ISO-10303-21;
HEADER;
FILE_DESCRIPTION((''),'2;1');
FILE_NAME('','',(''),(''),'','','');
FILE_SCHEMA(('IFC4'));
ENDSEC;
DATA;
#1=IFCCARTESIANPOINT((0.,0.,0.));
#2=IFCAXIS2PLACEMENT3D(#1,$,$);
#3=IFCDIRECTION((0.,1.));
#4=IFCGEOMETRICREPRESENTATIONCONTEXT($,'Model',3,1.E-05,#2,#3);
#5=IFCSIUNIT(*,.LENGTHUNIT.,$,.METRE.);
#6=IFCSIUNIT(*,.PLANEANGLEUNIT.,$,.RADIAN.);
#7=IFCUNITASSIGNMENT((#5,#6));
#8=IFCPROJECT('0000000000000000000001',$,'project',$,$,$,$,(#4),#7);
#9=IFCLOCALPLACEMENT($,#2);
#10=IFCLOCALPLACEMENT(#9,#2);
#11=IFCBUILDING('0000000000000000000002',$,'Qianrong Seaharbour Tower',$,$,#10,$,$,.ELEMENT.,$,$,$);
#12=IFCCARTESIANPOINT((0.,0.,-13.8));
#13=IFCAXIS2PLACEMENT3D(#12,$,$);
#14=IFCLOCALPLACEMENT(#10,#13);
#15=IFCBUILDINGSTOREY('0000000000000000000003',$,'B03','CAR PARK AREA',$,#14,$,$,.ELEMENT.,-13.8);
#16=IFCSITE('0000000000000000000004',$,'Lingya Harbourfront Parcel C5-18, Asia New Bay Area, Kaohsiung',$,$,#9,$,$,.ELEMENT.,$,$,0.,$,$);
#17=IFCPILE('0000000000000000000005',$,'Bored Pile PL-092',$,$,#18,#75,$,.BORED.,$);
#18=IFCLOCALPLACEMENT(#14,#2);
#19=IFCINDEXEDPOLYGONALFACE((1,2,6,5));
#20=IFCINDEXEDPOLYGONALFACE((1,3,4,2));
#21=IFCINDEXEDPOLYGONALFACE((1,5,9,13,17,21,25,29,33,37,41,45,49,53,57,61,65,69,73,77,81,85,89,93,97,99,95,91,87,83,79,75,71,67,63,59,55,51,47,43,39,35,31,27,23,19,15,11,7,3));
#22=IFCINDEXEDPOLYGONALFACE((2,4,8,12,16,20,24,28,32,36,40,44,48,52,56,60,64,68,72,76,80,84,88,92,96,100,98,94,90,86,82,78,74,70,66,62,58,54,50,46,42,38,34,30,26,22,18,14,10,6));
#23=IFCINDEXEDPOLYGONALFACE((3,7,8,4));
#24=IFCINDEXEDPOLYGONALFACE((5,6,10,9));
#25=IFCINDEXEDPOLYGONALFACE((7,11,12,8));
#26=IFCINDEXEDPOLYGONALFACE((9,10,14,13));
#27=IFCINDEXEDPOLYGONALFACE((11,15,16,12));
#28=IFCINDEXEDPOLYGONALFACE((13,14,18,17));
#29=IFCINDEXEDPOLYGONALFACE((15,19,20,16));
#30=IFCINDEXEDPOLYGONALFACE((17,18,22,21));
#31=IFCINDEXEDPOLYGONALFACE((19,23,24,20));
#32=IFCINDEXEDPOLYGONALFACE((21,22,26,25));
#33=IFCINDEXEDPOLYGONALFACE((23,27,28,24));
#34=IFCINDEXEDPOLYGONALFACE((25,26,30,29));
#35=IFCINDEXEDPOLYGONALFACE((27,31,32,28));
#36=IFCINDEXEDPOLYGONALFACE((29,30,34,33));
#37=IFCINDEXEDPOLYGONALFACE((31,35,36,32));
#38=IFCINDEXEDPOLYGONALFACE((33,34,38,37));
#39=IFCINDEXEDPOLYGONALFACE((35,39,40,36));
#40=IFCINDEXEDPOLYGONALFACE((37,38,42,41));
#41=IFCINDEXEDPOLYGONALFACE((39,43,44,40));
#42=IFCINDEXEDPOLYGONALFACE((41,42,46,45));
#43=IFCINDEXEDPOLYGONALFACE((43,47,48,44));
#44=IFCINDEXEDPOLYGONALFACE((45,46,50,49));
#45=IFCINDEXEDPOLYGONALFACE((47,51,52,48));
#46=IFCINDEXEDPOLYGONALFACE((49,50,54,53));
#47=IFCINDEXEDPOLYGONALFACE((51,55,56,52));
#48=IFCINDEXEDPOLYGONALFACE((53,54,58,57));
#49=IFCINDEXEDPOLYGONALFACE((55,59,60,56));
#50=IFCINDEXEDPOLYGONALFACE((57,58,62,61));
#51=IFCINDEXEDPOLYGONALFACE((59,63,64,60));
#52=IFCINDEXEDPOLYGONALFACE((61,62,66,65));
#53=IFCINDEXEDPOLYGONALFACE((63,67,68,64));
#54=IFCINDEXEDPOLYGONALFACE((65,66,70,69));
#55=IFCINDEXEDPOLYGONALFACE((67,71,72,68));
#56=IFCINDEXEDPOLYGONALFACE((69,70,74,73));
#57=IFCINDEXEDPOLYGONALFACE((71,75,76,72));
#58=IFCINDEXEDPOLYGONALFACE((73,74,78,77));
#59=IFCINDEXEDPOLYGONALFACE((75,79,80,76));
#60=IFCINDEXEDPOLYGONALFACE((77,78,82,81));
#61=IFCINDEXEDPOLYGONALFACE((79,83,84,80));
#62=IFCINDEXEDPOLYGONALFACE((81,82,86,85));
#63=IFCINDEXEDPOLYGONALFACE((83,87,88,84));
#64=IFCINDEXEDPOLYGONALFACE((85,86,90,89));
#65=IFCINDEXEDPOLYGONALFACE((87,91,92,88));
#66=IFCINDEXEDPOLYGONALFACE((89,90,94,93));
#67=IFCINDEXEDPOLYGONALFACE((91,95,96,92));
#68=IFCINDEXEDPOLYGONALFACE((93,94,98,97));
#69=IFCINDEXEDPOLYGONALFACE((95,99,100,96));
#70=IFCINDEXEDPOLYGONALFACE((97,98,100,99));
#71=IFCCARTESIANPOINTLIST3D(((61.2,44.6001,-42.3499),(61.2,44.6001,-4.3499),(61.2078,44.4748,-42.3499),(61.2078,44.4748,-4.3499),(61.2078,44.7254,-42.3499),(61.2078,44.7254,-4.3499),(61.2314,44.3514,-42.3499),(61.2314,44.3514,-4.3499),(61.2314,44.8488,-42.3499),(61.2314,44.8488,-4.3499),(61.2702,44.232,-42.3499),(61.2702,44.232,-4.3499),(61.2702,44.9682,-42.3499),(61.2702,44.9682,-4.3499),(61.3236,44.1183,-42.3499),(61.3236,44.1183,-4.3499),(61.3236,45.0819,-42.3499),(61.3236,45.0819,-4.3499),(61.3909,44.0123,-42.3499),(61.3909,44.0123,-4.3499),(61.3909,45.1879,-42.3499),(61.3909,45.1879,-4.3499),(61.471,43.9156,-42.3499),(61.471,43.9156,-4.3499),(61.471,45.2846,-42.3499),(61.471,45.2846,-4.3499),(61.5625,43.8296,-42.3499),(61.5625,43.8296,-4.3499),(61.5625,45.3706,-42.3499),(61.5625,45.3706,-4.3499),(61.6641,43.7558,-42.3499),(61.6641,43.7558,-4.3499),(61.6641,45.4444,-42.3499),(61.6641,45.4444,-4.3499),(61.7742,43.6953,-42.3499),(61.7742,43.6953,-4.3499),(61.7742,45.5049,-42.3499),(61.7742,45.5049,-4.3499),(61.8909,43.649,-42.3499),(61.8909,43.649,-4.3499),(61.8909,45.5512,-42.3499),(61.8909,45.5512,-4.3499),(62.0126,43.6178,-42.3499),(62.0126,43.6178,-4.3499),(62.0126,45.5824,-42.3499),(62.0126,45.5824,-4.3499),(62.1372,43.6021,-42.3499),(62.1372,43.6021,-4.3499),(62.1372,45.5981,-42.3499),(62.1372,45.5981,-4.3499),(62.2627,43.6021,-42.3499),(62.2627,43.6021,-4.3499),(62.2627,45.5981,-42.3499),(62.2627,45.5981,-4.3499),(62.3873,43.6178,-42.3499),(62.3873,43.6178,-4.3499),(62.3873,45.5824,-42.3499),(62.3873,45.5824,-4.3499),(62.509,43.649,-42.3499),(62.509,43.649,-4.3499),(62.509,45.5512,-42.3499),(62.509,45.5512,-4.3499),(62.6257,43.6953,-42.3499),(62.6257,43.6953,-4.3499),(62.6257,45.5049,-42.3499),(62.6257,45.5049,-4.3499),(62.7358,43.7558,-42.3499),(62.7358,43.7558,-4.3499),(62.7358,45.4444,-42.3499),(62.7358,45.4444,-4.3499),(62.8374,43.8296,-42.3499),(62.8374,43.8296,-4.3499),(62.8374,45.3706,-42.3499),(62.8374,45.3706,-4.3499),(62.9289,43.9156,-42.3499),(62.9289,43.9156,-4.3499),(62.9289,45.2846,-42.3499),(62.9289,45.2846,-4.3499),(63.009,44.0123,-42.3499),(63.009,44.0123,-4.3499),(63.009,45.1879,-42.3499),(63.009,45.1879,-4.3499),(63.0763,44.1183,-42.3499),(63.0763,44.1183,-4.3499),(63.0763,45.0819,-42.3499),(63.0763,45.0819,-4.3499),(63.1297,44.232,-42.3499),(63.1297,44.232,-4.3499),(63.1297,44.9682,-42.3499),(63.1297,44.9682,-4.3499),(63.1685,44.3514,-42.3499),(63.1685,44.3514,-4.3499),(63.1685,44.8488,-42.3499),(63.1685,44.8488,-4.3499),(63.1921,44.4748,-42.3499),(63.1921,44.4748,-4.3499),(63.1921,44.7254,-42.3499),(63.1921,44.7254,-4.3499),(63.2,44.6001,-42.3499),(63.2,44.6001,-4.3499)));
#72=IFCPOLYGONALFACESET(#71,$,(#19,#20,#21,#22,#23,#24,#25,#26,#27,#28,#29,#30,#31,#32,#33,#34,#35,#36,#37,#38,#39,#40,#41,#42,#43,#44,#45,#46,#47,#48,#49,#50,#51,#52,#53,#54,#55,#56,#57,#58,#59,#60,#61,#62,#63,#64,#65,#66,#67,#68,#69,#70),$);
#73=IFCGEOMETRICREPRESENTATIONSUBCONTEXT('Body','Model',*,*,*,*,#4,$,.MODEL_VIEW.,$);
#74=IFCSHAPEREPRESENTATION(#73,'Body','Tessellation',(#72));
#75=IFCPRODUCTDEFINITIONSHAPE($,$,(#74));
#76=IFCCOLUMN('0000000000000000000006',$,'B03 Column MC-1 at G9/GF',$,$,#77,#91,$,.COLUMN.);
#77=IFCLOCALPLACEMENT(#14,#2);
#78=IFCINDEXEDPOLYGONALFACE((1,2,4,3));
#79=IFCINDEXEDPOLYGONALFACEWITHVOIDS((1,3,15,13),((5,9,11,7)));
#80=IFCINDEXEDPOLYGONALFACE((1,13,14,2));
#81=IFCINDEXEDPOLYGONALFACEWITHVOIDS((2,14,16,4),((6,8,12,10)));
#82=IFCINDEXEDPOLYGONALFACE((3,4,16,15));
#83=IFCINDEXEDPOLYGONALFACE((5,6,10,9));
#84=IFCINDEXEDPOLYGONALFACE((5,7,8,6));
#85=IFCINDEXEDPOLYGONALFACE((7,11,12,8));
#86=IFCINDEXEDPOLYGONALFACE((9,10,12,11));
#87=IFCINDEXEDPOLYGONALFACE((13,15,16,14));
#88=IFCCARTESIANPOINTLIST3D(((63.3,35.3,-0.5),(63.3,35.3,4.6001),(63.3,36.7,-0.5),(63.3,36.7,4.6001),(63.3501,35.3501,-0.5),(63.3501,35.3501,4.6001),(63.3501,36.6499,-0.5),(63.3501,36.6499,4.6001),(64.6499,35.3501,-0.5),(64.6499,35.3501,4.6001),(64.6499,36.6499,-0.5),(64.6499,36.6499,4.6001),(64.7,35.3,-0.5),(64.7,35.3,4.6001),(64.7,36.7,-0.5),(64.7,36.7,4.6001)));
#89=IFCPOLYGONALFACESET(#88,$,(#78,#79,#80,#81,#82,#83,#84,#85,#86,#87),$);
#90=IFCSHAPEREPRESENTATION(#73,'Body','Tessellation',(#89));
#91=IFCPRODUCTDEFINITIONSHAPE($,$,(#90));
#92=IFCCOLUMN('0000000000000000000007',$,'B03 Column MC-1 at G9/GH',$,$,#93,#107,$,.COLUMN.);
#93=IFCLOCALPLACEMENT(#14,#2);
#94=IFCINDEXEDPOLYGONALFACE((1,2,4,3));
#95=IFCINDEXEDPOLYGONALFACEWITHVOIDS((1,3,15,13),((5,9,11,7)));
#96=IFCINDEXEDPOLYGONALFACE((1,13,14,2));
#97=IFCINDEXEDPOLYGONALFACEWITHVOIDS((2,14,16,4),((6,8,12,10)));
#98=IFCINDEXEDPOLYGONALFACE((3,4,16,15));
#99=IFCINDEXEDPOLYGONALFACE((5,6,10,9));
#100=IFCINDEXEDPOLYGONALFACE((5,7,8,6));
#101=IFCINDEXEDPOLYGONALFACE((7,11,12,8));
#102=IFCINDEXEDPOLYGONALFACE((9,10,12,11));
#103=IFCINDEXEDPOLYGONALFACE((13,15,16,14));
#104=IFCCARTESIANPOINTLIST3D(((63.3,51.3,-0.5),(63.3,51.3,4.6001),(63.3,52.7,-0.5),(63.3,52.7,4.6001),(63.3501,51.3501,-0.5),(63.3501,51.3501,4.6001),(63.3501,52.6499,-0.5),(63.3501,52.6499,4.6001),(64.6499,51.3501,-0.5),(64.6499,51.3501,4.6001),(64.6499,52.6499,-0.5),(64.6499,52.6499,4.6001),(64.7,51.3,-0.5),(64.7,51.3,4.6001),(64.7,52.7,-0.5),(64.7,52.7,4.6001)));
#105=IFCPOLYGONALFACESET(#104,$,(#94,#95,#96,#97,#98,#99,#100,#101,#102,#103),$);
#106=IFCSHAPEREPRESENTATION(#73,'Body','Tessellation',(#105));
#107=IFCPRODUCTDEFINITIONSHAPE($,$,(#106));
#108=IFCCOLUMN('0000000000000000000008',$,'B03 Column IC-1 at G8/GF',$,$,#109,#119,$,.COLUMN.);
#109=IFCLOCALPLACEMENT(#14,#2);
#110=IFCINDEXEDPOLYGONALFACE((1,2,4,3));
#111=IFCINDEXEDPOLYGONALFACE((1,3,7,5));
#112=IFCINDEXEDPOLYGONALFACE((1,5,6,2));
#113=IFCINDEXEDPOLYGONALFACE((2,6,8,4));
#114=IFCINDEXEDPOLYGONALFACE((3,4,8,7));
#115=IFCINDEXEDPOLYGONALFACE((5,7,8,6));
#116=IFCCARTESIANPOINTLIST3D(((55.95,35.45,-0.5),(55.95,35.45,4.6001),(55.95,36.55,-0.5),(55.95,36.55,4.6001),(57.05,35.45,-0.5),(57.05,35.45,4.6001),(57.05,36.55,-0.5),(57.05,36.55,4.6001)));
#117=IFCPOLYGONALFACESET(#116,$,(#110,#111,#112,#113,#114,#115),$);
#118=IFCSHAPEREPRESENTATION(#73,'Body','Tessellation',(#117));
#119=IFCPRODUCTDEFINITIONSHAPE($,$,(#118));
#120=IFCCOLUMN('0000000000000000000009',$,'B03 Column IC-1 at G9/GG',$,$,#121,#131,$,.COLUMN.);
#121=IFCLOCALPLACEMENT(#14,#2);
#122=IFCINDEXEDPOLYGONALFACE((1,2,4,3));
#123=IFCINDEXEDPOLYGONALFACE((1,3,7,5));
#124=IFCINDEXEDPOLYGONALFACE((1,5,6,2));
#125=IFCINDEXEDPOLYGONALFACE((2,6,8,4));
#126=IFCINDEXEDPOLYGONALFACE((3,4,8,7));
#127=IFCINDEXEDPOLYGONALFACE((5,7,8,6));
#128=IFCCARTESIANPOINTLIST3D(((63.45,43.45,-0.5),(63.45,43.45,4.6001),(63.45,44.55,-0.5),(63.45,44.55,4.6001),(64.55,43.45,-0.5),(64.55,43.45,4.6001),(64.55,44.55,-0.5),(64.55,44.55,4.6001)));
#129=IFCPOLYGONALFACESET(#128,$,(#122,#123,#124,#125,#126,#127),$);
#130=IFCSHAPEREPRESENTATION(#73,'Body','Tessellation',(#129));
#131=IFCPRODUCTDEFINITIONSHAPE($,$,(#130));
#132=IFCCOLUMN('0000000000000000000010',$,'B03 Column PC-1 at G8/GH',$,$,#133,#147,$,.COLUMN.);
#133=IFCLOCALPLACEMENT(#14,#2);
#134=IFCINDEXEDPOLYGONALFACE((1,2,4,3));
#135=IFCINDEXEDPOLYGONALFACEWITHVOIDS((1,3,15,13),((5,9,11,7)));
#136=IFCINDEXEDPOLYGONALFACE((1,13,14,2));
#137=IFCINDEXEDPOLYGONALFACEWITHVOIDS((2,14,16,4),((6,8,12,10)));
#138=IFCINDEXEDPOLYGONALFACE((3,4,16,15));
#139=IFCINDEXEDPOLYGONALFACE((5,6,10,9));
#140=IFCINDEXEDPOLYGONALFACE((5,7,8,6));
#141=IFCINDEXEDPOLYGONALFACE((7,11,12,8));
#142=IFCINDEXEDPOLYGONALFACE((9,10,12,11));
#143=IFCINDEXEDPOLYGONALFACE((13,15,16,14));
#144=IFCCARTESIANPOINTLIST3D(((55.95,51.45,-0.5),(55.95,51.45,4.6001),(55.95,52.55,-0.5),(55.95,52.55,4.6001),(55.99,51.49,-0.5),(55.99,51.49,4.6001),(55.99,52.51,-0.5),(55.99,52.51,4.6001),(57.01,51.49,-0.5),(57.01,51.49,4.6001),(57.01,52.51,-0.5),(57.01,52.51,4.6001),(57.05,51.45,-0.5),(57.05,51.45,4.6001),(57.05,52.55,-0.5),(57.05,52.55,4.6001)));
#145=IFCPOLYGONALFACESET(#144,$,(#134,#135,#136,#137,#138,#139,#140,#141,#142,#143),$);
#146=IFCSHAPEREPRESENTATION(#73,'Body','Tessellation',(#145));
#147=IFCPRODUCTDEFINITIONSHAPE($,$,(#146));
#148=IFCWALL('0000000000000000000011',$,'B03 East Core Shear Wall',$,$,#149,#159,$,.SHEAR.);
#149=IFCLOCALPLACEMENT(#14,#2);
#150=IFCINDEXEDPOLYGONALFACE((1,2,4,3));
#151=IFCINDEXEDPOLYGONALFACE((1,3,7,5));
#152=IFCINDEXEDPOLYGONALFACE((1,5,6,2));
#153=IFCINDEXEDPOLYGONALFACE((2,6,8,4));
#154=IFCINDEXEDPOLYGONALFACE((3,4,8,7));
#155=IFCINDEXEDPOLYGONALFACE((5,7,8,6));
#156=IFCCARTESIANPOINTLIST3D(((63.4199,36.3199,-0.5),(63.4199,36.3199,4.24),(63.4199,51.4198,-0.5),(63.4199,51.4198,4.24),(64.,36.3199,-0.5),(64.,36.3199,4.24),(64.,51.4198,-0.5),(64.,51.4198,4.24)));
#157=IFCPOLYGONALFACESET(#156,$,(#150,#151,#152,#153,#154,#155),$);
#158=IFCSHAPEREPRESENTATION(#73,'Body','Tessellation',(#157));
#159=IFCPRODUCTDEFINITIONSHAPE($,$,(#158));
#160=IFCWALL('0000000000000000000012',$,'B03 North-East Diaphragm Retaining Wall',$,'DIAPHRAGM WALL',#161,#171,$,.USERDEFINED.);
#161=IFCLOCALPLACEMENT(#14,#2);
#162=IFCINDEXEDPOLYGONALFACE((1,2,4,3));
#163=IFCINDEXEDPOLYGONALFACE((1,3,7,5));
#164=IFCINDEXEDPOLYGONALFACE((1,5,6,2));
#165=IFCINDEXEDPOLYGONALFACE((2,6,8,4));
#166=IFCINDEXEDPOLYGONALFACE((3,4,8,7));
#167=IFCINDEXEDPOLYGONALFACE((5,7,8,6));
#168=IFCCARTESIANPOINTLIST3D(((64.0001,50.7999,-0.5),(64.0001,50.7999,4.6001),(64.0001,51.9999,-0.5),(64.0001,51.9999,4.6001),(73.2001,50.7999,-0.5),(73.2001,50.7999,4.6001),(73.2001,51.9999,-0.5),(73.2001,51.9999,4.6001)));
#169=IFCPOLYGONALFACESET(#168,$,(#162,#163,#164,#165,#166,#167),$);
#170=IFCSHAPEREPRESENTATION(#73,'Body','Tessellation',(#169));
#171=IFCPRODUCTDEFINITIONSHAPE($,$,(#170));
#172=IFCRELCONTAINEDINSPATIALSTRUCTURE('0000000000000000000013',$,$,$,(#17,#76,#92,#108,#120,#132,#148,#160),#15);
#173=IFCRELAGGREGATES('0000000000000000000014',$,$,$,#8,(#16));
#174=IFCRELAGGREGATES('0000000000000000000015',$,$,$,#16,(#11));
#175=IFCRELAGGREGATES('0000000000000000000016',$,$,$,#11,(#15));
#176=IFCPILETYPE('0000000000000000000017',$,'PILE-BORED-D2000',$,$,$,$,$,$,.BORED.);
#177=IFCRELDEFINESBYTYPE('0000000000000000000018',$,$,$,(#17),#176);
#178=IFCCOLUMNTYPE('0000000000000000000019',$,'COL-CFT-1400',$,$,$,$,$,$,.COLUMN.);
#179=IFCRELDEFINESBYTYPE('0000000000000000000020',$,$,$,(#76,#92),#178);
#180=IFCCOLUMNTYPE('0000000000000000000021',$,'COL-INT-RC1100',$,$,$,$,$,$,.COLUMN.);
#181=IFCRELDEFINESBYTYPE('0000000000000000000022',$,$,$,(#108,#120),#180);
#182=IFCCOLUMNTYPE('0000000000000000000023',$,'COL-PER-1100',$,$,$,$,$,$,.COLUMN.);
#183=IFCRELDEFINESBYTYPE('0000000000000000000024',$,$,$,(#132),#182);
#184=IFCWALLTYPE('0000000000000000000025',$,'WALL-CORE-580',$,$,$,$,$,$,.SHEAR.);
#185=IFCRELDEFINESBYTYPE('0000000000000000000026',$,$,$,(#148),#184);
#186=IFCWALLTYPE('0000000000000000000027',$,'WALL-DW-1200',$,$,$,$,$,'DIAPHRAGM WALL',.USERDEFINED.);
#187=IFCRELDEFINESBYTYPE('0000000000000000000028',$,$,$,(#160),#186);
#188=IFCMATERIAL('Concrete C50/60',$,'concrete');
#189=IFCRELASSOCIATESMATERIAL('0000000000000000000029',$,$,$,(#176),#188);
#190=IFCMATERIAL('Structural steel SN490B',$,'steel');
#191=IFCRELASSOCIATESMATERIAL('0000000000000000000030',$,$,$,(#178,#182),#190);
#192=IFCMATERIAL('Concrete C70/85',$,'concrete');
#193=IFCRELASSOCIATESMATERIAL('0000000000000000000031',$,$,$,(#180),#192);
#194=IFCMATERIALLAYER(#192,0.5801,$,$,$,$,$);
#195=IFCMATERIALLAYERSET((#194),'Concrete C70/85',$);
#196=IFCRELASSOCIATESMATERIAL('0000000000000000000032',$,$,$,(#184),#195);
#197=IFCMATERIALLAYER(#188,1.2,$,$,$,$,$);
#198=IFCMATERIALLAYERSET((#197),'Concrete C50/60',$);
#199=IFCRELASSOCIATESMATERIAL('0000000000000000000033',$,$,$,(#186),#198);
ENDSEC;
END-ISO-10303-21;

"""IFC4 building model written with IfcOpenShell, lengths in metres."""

from ifc_helpers import new_model, si_unit, direction, frame, frame_2d, origin, origin_2d, place, context, subcontext, project, spatial, rectangle, hollow_rectangle, circle, extrude, material, layer, layer_set, material_profile, profile_set, type_object, element, save


model = new_model("IFC4")

# Units and contexts
model_context = context("Model", 3, precision=1e-05, world=origin(), true_north=direction((0.0, 1.0)))
body_context = subcontext(model_context, "Body", "Model", "MODEL_VIEW")
ifc_project = project(units=[si_unit("LENGTHUNIT", "METRE"), si_unit("PLANEANGLEUNIT", "RADIAN")], contexts=[model_context])

# Site, building, storey
site_placement = place(None, origin())
site = spatial("IfcSite", under=ifc_project, at=site_placement, Name="Lingya Harbourfront Parcel C5-18, Asia New Bay Area, Kaohsiung", CompositionType="ELEMENT", RefElevation=0.0)
building_placement = place(site_placement, origin())
building = spatial("IfcBuilding", under=site, at=building_placement, Name="Qianrong Seaharbour Tower", CompositionType="ELEMENT")
storey_placement = place(building_placement, frame((0.0, 0.0, -13.8)))
storey = spatial("IfcBuildingStorey", under=building, at=storey_placement, Name="B03", Description="CAR PARK AREA", CompositionType="ELEMENT", Elevation=-13.8)

# Pile
ifc_material_1 = material(Name="Concrete C50/60", Category="concrete")
ifc_material_profile_1 = material_profile(ifc_material_1, circle(Radius=1.0, at=origin_2d()), Name="PILE-D2000")
ifc_profile_set_1 = profile_set([ifc_material_profile_1], Name="Concrete C50/60")
pile_type = type_object("IfcPileType", Name="PILE-BORED-D2000", PredefinedType="BORED", material=ifc_profile_set_1)
for number, where, z_axis, x_axis, name in (
    (1, (62.2, 44.6001, -4.3499), (0.0, 0.0, -1.0), (1.0, 0.0, 0.0), "Bored Pile PL-092"),
):
    element("IfcPile", number, at=place(storey_placement, frame(where, z_axis=z_axis, x_axis=x_axis)), inside=storey, type_object=pile_type, Name=name, PredefinedType="BORED", context=body_context, shape_type="SweptSolid", body=[
        extrude(circle(Radius=1.0, at=origin_2d()), origin(), (0.0, 0.0, 1.0), 38.0),
    ])

# Columns
ifc_material_2 = material(Name="Structural steel SN490B", Category="steel")
ifc_material_profile_2 = material_profile(ifc_material_2, hollow_rectangle(XDim=1.3999, YDim=1.3999, WallThickness=0.05, at=origin_2d()), Name="BOX1400x1400x50")
ifc_profile_set_2 = profile_set([ifc_material_profile_2], Name="Structural steel SN490B")
column_type_1 = type_object("IfcColumnType", Name="COL-CFT-1400", PredefinedType="COLUMN", material=ifc_profile_set_2)
for number, where, z_axis, x_axis, name in (
    (2, (64.0, 36.0, -0.5), (0.0, 0.0, 1.0), (1.0, 0.0, 0.0), "B03 Column MC-1 at G9/GF"),
    (3, (64.0, 52.0, -0.5), (0.0, 0.0, 1.0), (1.0, 0.0, 0.0), "B03 Column MC-1 at G9/GH"),
):
    element("IfcColumn", number, at=place(storey_placement, frame(where, z_axis=z_axis, x_axis=x_axis)), inside=storey, type_object=column_type_1, Name=name, PredefinedType="COLUMN", context=body_context, shape_type="SweptSolid", body=[
        extrude(hollow_rectangle(XDim=1.3999, YDim=1.3999, WallThickness=0.05, at=origin_2d()), origin(), (0.0, 0.0, 1.0), 5.1001),
    ])
ifc_material_3 = material(Name="Concrete C70/85", Category="concrete")
ifc_material_profile_3 = material_profile(ifc_material_3, rectangle(XDim=1.1001, YDim=1.1001, at=origin_2d()), Name="RC1100x1100")
ifc_profile_set_3 = profile_set([ifc_material_profile_3], Name="Concrete C70/85")
column_type_2 = type_object("IfcColumnType", Name="COL-INT-RC1100", PredefinedType="COLUMN", material=ifc_profile_set_3)
for number, where, z_axis, x_axis, name in (
    (4, (56.5, 36.0, -0.5), (0.0, 0.0, 1.0), (1.0, 0.0, 0.0), "B03 Column IC-1 at G8/GF"),
    (5, (64.0, 44.0, -0.5), (0.0, 0.0, 1.0), (1.0, 0.0, 0.0), "B03 Column IC-1 at G9/GG"),
):
    element("IfcColumn", number, at=place(storey_placement, frame(where, z_axis=z_axis, x_axis=x_axis)), inside=storey, type_object=column_type_2, Name=name, PredefinedType="COLUMN", context=body_context, shape_type="SweptSolid", body=[
        extrude(rectangle(XDim=1.1001, YDim=1.1001, at=origin_2d()), origin(), (0.0, 0.0, 1.0), 5.1001),
    ])
ifc_material_profile_4 = material_profile(ifc_material_2, hollow_rectangle(XDim=1.1001, YDim=1.1001, WallThickness=0.04, at=origin_2d()), Name="BOX1100x1100x40")
ifc_profile_set_4 = profile_set([ifc_material_profile_4], Name="Structural steel SN490B")
column_type_3 = type_object("IfcColumnType", Name="COL-PER-1100", PredefinedType="COLUMN", material=ifc_profile_set_4)
column_placement = place(storey_placement, frame((56.5, 52.0, -0.5), z_axis=(0.0, 0.0, 1.0), x_axis=(1.0, 0.0, 0.0)))
element("IfcColumn", 6, at=column_placement, inside=storey, type_object=column_type_3, Name="B03 Column PC-1 at G8/GH", PredefinedType="COLUMN", context=body_context, shape_type="SweptSolid", body=[
    extrude(hollow_rectangle(XDim=1.1001, YDim=1.1001, WallThickness=0.04, at=origin_2d()), origin(), (0.0, 0.0, 1.0), 5.1001),
])

# Walls
ifc_layer_1 = layer(ifc_material_3, 0.5801)
ifc_layer_set_1 = layer_set([ifc_layer_1], Name="Concrete C70/85")
wall_type_1 = type_object("IfcWallType", Name="WALL-CORE-580", PredefinedType="SHEAR", material=ifc_layer_set_1)
wall_1_placement = place(storey_placement, frame((63.71, 36.3201, -0.5), z_axis=(0.0, 0.0, 1.0), x_axis=(0.0, 1.0, 0.0)))
element("IfcWall", 7, at=wall_1_placement, inside=storey, type_object=wall_type_1, Name="B03 East Core Shear Wall", PredefinedType="SHEAR", context=body_context, shape_type="SweptSolid", body=[
    extrude(rectangle(XDim=15.0999, YDim=0.5801, at=frame_2d((7.5498, 0.0))), origin(), (0.0, 0.0, 1.0), 4.74),
])
ifc_layer_2 = layer(ifc_material_1, 1.2)
ifc_layer_set_2 = layer_set([ifc_layer_2], Name="Concrete C50/60")
wall_type_2 = type_object("IfcWallType", Name="WALL-DW-1200", ElementType="DIAPHRAGM WALL", PredefinedType="USERDEFINED", material=ifc_layer_set_2)
wall_2_placement = place(storey_placement, frame((64.0, 51.3999, -0.5), z_axis=(0.0, 0.0, 1.0), x_axis=(1.0, 0.0, 0.0)))
element("IfcWall", 8, at=wall_2_placement, inside=storey, type_object=wall_type_2, Name="B03 North-East Diaphragm Retaining Wall", ObjectType="DIAPHRAGM WALL", PredefinedType="USERDEFINED", context=body_context, shape_type="SweptSolid", body=[
    extrude(rectangle(XDim=9.2, YDim=1.2, at=frame_2d((4.6001, 0.0))), origin(), (0.0, 0.0, 1.0), 5.1001),
])

save(model, "model.ifc")
